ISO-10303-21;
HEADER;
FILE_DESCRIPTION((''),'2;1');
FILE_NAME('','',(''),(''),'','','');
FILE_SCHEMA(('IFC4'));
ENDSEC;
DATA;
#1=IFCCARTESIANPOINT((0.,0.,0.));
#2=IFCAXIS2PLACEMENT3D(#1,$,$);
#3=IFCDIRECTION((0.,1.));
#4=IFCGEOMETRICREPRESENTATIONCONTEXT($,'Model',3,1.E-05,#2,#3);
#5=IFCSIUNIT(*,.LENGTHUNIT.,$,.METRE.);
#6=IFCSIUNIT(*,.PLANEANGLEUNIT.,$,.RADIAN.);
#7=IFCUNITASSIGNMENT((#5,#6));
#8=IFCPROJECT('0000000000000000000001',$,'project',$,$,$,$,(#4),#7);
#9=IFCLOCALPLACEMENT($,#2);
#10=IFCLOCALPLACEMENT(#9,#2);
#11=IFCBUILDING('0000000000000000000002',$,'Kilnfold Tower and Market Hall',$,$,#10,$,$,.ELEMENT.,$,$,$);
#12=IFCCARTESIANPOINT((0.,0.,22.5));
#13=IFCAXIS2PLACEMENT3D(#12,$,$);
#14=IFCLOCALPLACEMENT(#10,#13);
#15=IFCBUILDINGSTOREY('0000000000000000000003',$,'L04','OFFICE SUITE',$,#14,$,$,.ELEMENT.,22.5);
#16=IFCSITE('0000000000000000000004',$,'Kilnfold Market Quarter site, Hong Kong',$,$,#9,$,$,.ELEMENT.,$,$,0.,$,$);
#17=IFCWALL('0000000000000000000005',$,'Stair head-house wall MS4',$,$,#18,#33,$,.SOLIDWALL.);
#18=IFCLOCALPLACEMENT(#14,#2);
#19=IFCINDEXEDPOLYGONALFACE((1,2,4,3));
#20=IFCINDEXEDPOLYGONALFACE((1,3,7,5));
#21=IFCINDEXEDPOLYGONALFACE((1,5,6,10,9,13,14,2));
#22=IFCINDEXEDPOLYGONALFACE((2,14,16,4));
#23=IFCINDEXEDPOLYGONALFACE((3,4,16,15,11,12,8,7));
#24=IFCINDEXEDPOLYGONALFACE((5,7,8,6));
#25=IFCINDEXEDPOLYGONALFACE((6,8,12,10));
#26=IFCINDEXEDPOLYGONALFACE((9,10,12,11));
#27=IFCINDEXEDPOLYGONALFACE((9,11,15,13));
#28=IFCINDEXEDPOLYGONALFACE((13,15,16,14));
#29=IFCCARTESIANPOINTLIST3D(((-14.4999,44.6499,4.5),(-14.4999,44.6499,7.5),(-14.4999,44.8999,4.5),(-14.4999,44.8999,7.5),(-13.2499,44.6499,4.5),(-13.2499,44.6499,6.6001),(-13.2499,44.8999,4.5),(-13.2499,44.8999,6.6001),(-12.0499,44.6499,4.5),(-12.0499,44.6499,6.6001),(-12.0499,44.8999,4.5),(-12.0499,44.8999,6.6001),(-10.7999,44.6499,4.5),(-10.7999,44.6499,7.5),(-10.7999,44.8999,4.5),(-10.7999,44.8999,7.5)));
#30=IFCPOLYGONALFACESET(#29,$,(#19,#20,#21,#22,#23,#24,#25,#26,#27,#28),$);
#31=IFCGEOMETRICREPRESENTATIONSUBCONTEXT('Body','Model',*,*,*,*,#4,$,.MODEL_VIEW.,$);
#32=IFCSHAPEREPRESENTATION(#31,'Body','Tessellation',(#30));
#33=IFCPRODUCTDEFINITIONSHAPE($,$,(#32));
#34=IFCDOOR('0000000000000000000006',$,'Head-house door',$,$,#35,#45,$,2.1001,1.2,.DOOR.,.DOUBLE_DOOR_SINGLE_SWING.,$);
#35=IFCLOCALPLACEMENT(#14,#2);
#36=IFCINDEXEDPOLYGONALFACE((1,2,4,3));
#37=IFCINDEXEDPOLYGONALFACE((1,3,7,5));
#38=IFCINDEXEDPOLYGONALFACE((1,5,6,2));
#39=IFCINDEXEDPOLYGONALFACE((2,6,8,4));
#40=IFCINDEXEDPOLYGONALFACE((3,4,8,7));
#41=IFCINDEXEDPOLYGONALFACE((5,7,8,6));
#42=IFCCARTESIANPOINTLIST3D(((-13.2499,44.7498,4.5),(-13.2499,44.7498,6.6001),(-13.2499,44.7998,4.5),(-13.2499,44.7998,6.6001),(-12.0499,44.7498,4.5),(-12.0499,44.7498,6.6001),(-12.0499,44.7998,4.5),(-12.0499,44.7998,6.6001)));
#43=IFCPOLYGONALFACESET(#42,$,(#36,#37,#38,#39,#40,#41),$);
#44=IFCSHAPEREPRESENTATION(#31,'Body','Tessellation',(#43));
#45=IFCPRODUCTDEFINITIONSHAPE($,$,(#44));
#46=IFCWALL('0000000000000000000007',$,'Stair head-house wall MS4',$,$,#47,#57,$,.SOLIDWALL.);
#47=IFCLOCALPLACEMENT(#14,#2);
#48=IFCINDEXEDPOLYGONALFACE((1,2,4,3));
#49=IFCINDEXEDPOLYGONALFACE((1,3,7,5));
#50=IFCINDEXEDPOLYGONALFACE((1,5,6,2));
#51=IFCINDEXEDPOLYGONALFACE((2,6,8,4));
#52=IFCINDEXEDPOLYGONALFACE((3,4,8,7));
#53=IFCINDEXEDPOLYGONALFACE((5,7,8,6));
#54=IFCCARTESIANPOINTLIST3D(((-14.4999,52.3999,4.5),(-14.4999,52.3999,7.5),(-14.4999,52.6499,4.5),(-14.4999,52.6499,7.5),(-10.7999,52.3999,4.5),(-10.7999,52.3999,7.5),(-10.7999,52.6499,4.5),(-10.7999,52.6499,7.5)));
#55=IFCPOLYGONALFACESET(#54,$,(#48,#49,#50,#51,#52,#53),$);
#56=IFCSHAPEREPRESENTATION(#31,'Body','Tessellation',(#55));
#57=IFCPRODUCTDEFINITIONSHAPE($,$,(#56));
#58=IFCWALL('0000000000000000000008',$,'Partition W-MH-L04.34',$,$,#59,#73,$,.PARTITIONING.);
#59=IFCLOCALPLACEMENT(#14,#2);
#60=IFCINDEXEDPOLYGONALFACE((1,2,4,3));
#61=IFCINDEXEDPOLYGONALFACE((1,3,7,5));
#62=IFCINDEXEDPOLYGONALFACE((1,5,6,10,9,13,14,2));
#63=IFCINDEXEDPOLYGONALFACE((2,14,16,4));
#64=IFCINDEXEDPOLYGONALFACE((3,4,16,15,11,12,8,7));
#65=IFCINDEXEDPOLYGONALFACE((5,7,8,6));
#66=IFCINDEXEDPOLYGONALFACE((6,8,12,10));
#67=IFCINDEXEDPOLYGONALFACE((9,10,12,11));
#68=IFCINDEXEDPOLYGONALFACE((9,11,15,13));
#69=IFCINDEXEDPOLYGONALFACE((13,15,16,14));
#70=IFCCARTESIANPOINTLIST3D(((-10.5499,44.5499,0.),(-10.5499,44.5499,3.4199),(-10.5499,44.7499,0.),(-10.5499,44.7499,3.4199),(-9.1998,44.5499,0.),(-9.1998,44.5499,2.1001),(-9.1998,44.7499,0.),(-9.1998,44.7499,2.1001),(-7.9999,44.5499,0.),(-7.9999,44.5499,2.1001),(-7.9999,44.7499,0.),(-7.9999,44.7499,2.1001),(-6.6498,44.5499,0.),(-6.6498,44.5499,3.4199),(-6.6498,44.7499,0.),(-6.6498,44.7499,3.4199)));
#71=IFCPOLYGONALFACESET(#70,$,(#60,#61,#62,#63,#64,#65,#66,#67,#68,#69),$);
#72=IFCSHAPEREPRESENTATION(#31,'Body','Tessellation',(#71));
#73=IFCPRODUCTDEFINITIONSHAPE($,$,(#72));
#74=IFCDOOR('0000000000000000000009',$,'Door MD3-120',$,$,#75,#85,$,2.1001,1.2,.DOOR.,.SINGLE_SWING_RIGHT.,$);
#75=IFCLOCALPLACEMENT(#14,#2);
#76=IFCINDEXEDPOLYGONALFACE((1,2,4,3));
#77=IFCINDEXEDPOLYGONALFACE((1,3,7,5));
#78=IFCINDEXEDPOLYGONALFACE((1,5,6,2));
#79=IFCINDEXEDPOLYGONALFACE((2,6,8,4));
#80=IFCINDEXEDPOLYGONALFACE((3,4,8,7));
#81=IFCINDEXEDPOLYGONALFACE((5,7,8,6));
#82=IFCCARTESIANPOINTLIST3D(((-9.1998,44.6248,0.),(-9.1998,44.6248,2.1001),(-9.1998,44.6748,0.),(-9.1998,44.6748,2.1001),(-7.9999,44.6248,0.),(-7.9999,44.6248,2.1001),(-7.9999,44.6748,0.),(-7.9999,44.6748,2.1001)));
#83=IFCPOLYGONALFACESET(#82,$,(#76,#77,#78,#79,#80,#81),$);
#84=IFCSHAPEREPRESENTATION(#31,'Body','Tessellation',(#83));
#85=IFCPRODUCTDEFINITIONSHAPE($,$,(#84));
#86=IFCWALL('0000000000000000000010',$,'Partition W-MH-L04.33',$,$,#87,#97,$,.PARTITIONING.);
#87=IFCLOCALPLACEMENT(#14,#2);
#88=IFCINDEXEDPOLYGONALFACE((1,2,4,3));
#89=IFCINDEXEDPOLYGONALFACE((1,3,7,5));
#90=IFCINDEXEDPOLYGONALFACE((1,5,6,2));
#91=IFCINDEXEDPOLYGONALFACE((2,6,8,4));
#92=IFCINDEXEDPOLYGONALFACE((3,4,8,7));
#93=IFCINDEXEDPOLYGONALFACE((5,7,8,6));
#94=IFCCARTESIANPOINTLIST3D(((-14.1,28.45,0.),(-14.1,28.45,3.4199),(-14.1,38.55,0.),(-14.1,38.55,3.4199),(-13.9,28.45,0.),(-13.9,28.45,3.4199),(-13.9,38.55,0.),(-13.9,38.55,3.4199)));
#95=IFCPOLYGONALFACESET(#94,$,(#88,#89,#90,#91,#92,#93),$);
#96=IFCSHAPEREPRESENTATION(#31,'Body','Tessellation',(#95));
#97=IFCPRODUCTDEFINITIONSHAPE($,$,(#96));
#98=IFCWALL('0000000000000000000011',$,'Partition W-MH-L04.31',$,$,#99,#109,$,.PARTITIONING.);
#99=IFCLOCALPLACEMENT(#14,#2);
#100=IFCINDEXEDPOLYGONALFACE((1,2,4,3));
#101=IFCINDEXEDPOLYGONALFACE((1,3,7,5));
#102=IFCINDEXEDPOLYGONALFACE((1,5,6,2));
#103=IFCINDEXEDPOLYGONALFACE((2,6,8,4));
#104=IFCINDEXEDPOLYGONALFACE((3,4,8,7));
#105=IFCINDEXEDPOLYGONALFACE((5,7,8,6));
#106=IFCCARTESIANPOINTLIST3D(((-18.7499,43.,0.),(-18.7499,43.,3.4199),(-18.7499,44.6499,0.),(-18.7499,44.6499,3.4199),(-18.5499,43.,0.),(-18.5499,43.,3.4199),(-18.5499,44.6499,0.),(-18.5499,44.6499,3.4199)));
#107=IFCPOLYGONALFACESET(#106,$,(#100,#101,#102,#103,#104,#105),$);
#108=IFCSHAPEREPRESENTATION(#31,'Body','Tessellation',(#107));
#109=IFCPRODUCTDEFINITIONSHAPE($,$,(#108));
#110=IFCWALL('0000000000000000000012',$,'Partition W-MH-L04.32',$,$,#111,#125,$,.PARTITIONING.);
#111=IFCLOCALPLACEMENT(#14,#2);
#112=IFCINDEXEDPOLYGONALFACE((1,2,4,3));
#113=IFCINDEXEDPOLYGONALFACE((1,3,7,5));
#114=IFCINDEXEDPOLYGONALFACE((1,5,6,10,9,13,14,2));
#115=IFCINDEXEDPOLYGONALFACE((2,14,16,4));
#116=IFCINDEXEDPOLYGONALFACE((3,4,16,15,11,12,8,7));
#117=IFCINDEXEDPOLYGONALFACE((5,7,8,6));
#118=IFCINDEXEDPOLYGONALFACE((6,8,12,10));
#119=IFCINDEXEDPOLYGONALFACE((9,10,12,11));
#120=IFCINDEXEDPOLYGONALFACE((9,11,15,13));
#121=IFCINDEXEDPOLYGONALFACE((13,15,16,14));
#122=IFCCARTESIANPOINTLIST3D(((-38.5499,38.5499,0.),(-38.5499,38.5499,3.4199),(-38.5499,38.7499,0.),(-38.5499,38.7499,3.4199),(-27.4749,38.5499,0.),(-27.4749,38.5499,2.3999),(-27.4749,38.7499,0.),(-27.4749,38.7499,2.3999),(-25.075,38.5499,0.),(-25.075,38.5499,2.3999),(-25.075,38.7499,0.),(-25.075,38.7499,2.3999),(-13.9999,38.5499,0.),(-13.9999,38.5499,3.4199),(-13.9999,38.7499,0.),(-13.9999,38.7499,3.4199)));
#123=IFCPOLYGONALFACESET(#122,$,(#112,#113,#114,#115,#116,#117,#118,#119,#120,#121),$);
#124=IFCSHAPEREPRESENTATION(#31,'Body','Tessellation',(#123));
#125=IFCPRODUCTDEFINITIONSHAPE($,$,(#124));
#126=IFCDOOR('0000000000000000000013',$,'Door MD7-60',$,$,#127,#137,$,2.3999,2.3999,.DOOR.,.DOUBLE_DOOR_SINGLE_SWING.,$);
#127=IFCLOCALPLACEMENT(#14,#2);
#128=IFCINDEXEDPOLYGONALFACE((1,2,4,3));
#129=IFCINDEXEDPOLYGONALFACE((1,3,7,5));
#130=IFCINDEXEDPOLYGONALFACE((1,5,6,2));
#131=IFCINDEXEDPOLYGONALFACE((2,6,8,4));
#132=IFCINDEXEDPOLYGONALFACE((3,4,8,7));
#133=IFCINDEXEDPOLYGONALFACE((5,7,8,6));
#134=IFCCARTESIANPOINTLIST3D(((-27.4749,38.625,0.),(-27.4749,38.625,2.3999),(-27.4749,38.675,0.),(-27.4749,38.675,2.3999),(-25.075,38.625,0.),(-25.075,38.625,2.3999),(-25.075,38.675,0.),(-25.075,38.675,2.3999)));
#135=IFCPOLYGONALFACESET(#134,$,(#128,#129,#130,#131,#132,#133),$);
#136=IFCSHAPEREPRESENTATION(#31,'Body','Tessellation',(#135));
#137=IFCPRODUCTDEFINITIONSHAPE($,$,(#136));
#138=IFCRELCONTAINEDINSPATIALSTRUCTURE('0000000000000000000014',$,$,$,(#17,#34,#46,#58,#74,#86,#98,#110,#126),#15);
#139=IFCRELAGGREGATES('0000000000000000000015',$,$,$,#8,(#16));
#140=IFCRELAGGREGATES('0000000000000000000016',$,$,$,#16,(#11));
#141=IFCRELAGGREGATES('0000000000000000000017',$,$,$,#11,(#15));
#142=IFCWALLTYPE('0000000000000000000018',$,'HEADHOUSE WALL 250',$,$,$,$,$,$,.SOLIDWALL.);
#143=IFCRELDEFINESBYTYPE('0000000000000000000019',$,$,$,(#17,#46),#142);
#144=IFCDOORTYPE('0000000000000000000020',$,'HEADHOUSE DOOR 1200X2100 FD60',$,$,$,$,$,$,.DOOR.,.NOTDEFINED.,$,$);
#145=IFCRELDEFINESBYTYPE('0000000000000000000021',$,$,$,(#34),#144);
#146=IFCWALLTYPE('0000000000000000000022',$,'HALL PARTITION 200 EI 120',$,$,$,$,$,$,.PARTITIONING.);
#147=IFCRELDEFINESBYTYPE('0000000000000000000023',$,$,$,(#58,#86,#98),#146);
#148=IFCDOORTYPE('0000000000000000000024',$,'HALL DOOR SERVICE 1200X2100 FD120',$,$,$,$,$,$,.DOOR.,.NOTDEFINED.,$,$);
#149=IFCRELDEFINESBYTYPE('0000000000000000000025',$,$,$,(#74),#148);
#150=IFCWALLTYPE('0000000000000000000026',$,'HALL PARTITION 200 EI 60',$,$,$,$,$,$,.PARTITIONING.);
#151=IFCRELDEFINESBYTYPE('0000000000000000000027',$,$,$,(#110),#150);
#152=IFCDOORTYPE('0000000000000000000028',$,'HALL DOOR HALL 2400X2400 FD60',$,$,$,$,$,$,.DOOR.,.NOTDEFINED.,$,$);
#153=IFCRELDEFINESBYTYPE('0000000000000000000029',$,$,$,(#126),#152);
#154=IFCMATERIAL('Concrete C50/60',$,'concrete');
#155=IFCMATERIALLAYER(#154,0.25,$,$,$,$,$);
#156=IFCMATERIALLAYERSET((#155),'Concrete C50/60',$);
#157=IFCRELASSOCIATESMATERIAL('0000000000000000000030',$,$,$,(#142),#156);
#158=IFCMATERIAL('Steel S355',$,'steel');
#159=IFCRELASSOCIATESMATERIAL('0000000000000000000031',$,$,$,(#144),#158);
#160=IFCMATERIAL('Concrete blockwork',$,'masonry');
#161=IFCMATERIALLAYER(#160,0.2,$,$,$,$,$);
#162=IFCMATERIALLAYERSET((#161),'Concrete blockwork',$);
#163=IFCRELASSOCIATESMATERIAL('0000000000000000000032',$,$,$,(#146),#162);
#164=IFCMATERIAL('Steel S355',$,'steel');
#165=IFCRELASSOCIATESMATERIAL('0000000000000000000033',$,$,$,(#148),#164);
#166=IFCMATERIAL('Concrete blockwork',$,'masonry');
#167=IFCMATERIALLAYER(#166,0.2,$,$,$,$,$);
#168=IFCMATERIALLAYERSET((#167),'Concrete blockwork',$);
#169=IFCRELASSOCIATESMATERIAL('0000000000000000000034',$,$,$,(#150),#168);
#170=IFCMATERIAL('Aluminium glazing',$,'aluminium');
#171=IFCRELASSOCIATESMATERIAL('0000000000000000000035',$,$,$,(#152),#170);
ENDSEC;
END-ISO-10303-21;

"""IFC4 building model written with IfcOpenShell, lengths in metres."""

from ifc_helpers import new_model, si_unit, direction, frame, frame_2d, origin, place, context, subcontext, project, spatial, rectangle, extrude, source, transform, mapped, material, layer, layer_set, type_object, element, fill, save


model = new_model("IFC4")

# Units and contexts
model_context = context("Model", 3, precision=1e-05, world=origin(), true_north=direction((0.0, 1.0)))
body_context = subcontext(model_context, "Body", "Model", "MODEL_VIEW")
ifc_project = project(units=[si_unit("LENGTHUNIT", "METRE"), si_unit("PLANEANGLEUNIT", "RADIAN")], contexts=[model_context])

# Site, building, storey
site_placement = place(None, origin())
site = spatial("IfcSite", under=ifc_project, at=site_placement, Name="Kilnfold Market Quarter site, Hong Kong", CompositionType="ELEMENT", RefElevation=0.0)
building_placement = place(site_placement, origin())
building = spatial("IfcBuilding", under=site, at=building_placement, Name="Kilnfold Tower and Market Hall", CompositionType="ELEMENT")
storey_placement = place(building_placement, frame((0.0, 0.0, 22.5)))
storey = spatial("IfcBuildingStorey", under=building, at=storey_placement, Name="L04", Description="OFFICE SUITE", CompositionType="ELEMENT", Elevation=22.5)

# Shared definitions
ifc_material_1 = material(Name="Concrete C50/60", Category="concrete")
ifc_layer_1 = layer(ifc_material_1, 0.25)
ifc_layer_set_1 = layer_set([ifc_layer_1], Name="Concrete C50/60")
wall_type_1 = type_object("IfcWallType", Name="HEADHOUSE WALL 250", PredefinedType="SOLIDWALL", material=ifc_layer_set_1)

# Wall, opening, door
shared_shape_1 = source(origin(), body_context, "Body", "SweptSolid", [
    extrude(rectangle(XDim=3.7, YDim=0.25, at=frame_2d((1.8501, 0.0))), origin(), (0.0, 0.0, 1.0), 3.0),
])
wall_1_placement = place(storey_placement, frame((-14.5, 44.7749, 4.5), z_axis=(0.0, 0.0, 1.0), x_axis=(1.0, 0.0, 0.0)))
wall_1 = element("IfcWall", 1, at=wall_1_placement, inside=storey, type_object=wall_type_1, Name="Stair head-house wall MS4", PredefinedType="SOLIDWALL", context=body_context, shape_type="MappedRepresentation", body=[
    mapped(shared_shape_1, transform((0.0, 0.0, 0.0))),
])
opening_1_placement = place(wall_1_placement, frame((1.25, 0.0, 0.0)))
opening_1 = element("IfcOpeningElement", 2, at=opening_1_placement, cuts=wall_1, PredefinedType="OPENING", context=body_context, shape_type="SweptSolid", body=[
    extrude(rectangle(XDim=1.2, YDim=2.1001, at=frame_2d((0.6001, 1.05))), frame((0.0, 0.135, 0.0), z_axis=(0.0, -1.0, 0.0), x_axis=(1.0, 0.0, 0.0)), (0.0, 0.0, 1.0), 0.27),
])
ifc_material_2 = material(Name="Steel S355", Category="steel")
door_type_1 = type_object("IfcDoorType", Name="HEADHOUSE DOOR 1200X2100 FD60", OperationType="NOTDEFINED", PredefinedType="DOOR", material=ifc_material_2)
door_1_placement = place(opening_1_placement, origin())
door_1 = element("IfcDoor", 3, at=door_1_placement, inside=storey, type_object=door_type_1, Name="Head-house door", OperationType="DOUBLE_DOOR_SINGLE_SWING", OverallHeight=2.1001, OverallWidth=1.2, PredefinedType="DOOR", context=body_context, shape_type="SweptSolid", body=[
    extrude(rectangle(XDim=1.2, YDim=2.1001, at=frame_2d((0.6001, 1.05))), frame((0.0, 0.0249, 0.0), z_axis=(0.0, -1.0, 0.0), x_axis=(1.0, 0.0, 0.0)), (0.0, 0.0, 1.0), 0.05),
])
fill(opening_1, door_1)

# Wall
wall_2_placement = place(storey_placement, frame((-14.5, 52.5249, 4.5), z_axis=(0.0, 0.0, 1.0), x_axis=(1.0, 0.0, 0.0)))
element("IfcWall", 4, at=wall_2_placement, inside=storey, type_object=wall_type_1, Name="Stair head-house wall MS4", PredefinedType="SOLIDWALL", context=body_context, shape_type="MappedRepresentation", body=[
    mapped(shared_shape_1, transform((0.0, 0.0, 0.0))),
])

# Wall, opening, door
ifc_material_3 = material(Name="Concrete blockwork", Category="masonry")
ifc_layer_2 = layer(ifc_material_3, 0.2)
ifc_layer_set_2 = layer_set([ifc_layer_2], Name="Concrete blockwork")
wall_type_2 = type_object("IfcWallType", Name="HALL PARTITION 200 EI 120", PredefinedType="PARTITIONING", material=ifc_layer_set_2)
shared_shape_2 = source(origin(), body_context, "Body", "SweptSolid", [
    extrude(rectangle(XDim=3.9001, YDim=0.2, at=frame_2d((1.9502, 0.0))), origin(), (0.0, 0.0, 1.0), 3.4199),
])
wall_3_placement = place(storey_placement, frame((-10.55, 44.6499, 0.0), z_axis=(0.0, 0.0, 1.0), x_axis=(1.0, 0.0, 0.0)))
wall_3 = element("IfcWall", 5, at=wall_3_placement, inside=storey, type_object=wall_type_2, Name="Partition W-MH-L04.34", PredefinedType="PARTITIONING", context=body_context, shape_type="MappedRepresentation", body=[
    mapped(shared_shape_2, transform((0.0, 0.0, 0.0))),
])
opening_2_placement = place(wall_3_placement, frame((1.3501, 0.0, 0.0)))
opening_2 = element("IfcOpeningElement", 6, at=opening_2_placement, cuts=wall_3, PredefinedType="OPENING", context=body_context, shape_type="SweptSolid", body=[
    extrude(rectangle(XDim=1.2, YDim=2.1001, at=frame_2d((0.6001, 1.05))), frame((0.0, 0.1099, 0.0), z_axis=(0.0, -1.0, 0.0), x_axis=(1.0, 0.0, 0.0)), (0.0, 0.0, 1.0), 0.22),
])
ifc_material_4 = material(Name="Steel S355", Category="steel")
door_type_2 = type_object("IfcDoorType", Name="HALL DOOR SERVICE 1200X2100 FD120", OperationType="NOTDEFINED", PredefinedType="DOOR", material=ifc_material_4)
door_2_placement = place(opening_2_placement, origin())
door_2 = element("IfcDoor", 7, at=door_2_placement, inside=storey, type_object=door_type_2, Name="Door MD3-120", OperationType="SINGLE_SWING_RIGHT", OverallHeight=2.1001, OverallWidth=1.2, PredefinedType="DOOR", context=body_context, shape_type="SweptSolid", body=[
    extrude(rectangle(XDim=1.2, YDim=2.1001, at=frame_2d((0.6001, 1.05))), frame((0.0, 0.0249, 0.0), z_axis=(0.0, -1.0, 0.0), x_axis=(1.0, 0.0, 0.0)), (0.0, 0.0, 1.0), 0.05),
])
fill(opening_2, door_2)

# Walls
shared_shape_3 = source(origin(), body_context, "Body", "SweptSolid", [
    extrude(rectangle(XDim=10.1001, YDim=0.2, at=frame_2d((5.05, 0.0))), origin(), (0.0, 0.0, 1.0), 3.4199),
])
wall_4_placement = place(storey_placement, frame((-14.0, 38.55, 0.0), z_axis=(0.0, 0.0, 1.0), x_axis=(0.0, -1.0, 0.0)))
element("IfcWall", 8, at=wall_4_placement, inside=storey, type_object=wall_type_2, Name="Partition W-MH-L04.33", PredefinedType="PARTITIONING", context=body_context, shape_type="MappedRepresentation", body=[
    mapped(shared_shape_3, transform((0.0, 0.0, 0.0))),
])
shared_shape_4 = source(origin(), body_context, "Body", "SweptSolid", [
    extrude(rectangle(XDim=1.6499, YDim=0.2, at=frame_2d((0.825, 0.0))), origin(), (0.0, 0.0, 1.0), 3.4199),
])
wall_5_placement = place(storey_placement, frame((-18.6499, 43.0, 0.0), z_axis=(0.0, 0.0, 1.0), x_axis=(0.0, 1.0, 0.0)))
element("IfcWall", 9, at=wall_5_placement, inside=storey, type_object=wall_type_2, Name="Partition W-MH-L04.31", PredefinedType="PARTITIONING", context=body_context, shape_type="MappedRepresentation", body=[
    mapped(shared_shape_4, transform((0.0, 0.0, 0.0))),
])

# Wall, opening, door
ifc_material_5 = material(Name="Concrete blockwork", Category="masonry")
ifc_layer_3 = layer(ifc_material_5, 0.2)
ifc_layer_set_3 = layer_set([ifc_layer_3], Name="Concrete blockwork")
wall_type_3 = type_object("IfcWallType", Name="HALL PARTITION 200 EI 60", PredefinedType="PARTITIONING", material=ifc_layer_set_3)
shared_shape_5 = source(origin(), body_context, "Body", "SweptSolid", [
    extrude(rectangle(XDim=24.55, YDim=0.2, at=frame_2d((12.2749, 0.0))), origin(), (0.0, 0.0, 1.0), 3.4199),
])
wall_6_placement = place(storey_placement, frame((-14.0, 38.6499, 0.0), z_axis=(0.0, 0.0, 1.0), x_axis=(-1.0, 0.0, 0.0)))
wall_6 = element("IfcWall", 10, at=wall_6_placement, inside=storey, type_object=wall_type_3, Name="Partition W-MH-L04.32", PredefinedType="PARTITIONING", context=body_context, shape_type="MappedRepresentation", body=[
    mapped(shared_shape_5, transform((0.0, 0.0, 0.0))),
])
opening_3_placement = place(wall_6_placement, frame((11.075, 0.0, 0.0)))
opening_3 = element("IfcOpeningElement", 11, at=opening_3_placement, cuts=wall_6, PredefinedType="OPENING", context=body_context, shape_type="SweptSolid", body=[
    extrude(rectangle(XDim=2.3999, YDim=2.3999, at=frame_2d((1.2, 1.2))), frame((0.0, 0.1099, 0.0), z_axis=(0.0, -1.0, 0.0), x_axis=(1.0, 0.0, 0.0)), (0.0, 0.0, 1.0), 0.22),
])
ifc_material_6 = material(Name="Aluminium glazing", Category="aluminium")
door_type_3 = type_object("IfcDoorType", Name="HALL DOOR HALL 2400X2400 FD60", OperationType="NOTDEFINED", PredefinedType="DOOR", material=ifc_material_6)
door_3_placement = place(opening_3_placement, origin())
door_3 = element("IfcDoor", 12, at=door_3_placement, inside=storey, type_object=door_type_3, Name="Door MD7-60", OperationType="DOUBLE_DOOR_SINGLE_SWING", OverallHeight=2.3999, OverallWidth=2.3999, PredefinedType="DOOR", context=body_context, shape_type="SweptSolid", body=[
    extrude(rectangle(XDim=2.3999, YDim=2.3999, at=frame_2d((1.2, 1.2))), frame((0.0, 0.0249, 0.0), z_axis=(0.0, -1.0, 0.0), x_axis=(1.0, 0.0, 0.0)), (0.0, 0.0, 1.0), 0.05),
])
fill(opening_3, door_3)

save(model, "model.ifc")
